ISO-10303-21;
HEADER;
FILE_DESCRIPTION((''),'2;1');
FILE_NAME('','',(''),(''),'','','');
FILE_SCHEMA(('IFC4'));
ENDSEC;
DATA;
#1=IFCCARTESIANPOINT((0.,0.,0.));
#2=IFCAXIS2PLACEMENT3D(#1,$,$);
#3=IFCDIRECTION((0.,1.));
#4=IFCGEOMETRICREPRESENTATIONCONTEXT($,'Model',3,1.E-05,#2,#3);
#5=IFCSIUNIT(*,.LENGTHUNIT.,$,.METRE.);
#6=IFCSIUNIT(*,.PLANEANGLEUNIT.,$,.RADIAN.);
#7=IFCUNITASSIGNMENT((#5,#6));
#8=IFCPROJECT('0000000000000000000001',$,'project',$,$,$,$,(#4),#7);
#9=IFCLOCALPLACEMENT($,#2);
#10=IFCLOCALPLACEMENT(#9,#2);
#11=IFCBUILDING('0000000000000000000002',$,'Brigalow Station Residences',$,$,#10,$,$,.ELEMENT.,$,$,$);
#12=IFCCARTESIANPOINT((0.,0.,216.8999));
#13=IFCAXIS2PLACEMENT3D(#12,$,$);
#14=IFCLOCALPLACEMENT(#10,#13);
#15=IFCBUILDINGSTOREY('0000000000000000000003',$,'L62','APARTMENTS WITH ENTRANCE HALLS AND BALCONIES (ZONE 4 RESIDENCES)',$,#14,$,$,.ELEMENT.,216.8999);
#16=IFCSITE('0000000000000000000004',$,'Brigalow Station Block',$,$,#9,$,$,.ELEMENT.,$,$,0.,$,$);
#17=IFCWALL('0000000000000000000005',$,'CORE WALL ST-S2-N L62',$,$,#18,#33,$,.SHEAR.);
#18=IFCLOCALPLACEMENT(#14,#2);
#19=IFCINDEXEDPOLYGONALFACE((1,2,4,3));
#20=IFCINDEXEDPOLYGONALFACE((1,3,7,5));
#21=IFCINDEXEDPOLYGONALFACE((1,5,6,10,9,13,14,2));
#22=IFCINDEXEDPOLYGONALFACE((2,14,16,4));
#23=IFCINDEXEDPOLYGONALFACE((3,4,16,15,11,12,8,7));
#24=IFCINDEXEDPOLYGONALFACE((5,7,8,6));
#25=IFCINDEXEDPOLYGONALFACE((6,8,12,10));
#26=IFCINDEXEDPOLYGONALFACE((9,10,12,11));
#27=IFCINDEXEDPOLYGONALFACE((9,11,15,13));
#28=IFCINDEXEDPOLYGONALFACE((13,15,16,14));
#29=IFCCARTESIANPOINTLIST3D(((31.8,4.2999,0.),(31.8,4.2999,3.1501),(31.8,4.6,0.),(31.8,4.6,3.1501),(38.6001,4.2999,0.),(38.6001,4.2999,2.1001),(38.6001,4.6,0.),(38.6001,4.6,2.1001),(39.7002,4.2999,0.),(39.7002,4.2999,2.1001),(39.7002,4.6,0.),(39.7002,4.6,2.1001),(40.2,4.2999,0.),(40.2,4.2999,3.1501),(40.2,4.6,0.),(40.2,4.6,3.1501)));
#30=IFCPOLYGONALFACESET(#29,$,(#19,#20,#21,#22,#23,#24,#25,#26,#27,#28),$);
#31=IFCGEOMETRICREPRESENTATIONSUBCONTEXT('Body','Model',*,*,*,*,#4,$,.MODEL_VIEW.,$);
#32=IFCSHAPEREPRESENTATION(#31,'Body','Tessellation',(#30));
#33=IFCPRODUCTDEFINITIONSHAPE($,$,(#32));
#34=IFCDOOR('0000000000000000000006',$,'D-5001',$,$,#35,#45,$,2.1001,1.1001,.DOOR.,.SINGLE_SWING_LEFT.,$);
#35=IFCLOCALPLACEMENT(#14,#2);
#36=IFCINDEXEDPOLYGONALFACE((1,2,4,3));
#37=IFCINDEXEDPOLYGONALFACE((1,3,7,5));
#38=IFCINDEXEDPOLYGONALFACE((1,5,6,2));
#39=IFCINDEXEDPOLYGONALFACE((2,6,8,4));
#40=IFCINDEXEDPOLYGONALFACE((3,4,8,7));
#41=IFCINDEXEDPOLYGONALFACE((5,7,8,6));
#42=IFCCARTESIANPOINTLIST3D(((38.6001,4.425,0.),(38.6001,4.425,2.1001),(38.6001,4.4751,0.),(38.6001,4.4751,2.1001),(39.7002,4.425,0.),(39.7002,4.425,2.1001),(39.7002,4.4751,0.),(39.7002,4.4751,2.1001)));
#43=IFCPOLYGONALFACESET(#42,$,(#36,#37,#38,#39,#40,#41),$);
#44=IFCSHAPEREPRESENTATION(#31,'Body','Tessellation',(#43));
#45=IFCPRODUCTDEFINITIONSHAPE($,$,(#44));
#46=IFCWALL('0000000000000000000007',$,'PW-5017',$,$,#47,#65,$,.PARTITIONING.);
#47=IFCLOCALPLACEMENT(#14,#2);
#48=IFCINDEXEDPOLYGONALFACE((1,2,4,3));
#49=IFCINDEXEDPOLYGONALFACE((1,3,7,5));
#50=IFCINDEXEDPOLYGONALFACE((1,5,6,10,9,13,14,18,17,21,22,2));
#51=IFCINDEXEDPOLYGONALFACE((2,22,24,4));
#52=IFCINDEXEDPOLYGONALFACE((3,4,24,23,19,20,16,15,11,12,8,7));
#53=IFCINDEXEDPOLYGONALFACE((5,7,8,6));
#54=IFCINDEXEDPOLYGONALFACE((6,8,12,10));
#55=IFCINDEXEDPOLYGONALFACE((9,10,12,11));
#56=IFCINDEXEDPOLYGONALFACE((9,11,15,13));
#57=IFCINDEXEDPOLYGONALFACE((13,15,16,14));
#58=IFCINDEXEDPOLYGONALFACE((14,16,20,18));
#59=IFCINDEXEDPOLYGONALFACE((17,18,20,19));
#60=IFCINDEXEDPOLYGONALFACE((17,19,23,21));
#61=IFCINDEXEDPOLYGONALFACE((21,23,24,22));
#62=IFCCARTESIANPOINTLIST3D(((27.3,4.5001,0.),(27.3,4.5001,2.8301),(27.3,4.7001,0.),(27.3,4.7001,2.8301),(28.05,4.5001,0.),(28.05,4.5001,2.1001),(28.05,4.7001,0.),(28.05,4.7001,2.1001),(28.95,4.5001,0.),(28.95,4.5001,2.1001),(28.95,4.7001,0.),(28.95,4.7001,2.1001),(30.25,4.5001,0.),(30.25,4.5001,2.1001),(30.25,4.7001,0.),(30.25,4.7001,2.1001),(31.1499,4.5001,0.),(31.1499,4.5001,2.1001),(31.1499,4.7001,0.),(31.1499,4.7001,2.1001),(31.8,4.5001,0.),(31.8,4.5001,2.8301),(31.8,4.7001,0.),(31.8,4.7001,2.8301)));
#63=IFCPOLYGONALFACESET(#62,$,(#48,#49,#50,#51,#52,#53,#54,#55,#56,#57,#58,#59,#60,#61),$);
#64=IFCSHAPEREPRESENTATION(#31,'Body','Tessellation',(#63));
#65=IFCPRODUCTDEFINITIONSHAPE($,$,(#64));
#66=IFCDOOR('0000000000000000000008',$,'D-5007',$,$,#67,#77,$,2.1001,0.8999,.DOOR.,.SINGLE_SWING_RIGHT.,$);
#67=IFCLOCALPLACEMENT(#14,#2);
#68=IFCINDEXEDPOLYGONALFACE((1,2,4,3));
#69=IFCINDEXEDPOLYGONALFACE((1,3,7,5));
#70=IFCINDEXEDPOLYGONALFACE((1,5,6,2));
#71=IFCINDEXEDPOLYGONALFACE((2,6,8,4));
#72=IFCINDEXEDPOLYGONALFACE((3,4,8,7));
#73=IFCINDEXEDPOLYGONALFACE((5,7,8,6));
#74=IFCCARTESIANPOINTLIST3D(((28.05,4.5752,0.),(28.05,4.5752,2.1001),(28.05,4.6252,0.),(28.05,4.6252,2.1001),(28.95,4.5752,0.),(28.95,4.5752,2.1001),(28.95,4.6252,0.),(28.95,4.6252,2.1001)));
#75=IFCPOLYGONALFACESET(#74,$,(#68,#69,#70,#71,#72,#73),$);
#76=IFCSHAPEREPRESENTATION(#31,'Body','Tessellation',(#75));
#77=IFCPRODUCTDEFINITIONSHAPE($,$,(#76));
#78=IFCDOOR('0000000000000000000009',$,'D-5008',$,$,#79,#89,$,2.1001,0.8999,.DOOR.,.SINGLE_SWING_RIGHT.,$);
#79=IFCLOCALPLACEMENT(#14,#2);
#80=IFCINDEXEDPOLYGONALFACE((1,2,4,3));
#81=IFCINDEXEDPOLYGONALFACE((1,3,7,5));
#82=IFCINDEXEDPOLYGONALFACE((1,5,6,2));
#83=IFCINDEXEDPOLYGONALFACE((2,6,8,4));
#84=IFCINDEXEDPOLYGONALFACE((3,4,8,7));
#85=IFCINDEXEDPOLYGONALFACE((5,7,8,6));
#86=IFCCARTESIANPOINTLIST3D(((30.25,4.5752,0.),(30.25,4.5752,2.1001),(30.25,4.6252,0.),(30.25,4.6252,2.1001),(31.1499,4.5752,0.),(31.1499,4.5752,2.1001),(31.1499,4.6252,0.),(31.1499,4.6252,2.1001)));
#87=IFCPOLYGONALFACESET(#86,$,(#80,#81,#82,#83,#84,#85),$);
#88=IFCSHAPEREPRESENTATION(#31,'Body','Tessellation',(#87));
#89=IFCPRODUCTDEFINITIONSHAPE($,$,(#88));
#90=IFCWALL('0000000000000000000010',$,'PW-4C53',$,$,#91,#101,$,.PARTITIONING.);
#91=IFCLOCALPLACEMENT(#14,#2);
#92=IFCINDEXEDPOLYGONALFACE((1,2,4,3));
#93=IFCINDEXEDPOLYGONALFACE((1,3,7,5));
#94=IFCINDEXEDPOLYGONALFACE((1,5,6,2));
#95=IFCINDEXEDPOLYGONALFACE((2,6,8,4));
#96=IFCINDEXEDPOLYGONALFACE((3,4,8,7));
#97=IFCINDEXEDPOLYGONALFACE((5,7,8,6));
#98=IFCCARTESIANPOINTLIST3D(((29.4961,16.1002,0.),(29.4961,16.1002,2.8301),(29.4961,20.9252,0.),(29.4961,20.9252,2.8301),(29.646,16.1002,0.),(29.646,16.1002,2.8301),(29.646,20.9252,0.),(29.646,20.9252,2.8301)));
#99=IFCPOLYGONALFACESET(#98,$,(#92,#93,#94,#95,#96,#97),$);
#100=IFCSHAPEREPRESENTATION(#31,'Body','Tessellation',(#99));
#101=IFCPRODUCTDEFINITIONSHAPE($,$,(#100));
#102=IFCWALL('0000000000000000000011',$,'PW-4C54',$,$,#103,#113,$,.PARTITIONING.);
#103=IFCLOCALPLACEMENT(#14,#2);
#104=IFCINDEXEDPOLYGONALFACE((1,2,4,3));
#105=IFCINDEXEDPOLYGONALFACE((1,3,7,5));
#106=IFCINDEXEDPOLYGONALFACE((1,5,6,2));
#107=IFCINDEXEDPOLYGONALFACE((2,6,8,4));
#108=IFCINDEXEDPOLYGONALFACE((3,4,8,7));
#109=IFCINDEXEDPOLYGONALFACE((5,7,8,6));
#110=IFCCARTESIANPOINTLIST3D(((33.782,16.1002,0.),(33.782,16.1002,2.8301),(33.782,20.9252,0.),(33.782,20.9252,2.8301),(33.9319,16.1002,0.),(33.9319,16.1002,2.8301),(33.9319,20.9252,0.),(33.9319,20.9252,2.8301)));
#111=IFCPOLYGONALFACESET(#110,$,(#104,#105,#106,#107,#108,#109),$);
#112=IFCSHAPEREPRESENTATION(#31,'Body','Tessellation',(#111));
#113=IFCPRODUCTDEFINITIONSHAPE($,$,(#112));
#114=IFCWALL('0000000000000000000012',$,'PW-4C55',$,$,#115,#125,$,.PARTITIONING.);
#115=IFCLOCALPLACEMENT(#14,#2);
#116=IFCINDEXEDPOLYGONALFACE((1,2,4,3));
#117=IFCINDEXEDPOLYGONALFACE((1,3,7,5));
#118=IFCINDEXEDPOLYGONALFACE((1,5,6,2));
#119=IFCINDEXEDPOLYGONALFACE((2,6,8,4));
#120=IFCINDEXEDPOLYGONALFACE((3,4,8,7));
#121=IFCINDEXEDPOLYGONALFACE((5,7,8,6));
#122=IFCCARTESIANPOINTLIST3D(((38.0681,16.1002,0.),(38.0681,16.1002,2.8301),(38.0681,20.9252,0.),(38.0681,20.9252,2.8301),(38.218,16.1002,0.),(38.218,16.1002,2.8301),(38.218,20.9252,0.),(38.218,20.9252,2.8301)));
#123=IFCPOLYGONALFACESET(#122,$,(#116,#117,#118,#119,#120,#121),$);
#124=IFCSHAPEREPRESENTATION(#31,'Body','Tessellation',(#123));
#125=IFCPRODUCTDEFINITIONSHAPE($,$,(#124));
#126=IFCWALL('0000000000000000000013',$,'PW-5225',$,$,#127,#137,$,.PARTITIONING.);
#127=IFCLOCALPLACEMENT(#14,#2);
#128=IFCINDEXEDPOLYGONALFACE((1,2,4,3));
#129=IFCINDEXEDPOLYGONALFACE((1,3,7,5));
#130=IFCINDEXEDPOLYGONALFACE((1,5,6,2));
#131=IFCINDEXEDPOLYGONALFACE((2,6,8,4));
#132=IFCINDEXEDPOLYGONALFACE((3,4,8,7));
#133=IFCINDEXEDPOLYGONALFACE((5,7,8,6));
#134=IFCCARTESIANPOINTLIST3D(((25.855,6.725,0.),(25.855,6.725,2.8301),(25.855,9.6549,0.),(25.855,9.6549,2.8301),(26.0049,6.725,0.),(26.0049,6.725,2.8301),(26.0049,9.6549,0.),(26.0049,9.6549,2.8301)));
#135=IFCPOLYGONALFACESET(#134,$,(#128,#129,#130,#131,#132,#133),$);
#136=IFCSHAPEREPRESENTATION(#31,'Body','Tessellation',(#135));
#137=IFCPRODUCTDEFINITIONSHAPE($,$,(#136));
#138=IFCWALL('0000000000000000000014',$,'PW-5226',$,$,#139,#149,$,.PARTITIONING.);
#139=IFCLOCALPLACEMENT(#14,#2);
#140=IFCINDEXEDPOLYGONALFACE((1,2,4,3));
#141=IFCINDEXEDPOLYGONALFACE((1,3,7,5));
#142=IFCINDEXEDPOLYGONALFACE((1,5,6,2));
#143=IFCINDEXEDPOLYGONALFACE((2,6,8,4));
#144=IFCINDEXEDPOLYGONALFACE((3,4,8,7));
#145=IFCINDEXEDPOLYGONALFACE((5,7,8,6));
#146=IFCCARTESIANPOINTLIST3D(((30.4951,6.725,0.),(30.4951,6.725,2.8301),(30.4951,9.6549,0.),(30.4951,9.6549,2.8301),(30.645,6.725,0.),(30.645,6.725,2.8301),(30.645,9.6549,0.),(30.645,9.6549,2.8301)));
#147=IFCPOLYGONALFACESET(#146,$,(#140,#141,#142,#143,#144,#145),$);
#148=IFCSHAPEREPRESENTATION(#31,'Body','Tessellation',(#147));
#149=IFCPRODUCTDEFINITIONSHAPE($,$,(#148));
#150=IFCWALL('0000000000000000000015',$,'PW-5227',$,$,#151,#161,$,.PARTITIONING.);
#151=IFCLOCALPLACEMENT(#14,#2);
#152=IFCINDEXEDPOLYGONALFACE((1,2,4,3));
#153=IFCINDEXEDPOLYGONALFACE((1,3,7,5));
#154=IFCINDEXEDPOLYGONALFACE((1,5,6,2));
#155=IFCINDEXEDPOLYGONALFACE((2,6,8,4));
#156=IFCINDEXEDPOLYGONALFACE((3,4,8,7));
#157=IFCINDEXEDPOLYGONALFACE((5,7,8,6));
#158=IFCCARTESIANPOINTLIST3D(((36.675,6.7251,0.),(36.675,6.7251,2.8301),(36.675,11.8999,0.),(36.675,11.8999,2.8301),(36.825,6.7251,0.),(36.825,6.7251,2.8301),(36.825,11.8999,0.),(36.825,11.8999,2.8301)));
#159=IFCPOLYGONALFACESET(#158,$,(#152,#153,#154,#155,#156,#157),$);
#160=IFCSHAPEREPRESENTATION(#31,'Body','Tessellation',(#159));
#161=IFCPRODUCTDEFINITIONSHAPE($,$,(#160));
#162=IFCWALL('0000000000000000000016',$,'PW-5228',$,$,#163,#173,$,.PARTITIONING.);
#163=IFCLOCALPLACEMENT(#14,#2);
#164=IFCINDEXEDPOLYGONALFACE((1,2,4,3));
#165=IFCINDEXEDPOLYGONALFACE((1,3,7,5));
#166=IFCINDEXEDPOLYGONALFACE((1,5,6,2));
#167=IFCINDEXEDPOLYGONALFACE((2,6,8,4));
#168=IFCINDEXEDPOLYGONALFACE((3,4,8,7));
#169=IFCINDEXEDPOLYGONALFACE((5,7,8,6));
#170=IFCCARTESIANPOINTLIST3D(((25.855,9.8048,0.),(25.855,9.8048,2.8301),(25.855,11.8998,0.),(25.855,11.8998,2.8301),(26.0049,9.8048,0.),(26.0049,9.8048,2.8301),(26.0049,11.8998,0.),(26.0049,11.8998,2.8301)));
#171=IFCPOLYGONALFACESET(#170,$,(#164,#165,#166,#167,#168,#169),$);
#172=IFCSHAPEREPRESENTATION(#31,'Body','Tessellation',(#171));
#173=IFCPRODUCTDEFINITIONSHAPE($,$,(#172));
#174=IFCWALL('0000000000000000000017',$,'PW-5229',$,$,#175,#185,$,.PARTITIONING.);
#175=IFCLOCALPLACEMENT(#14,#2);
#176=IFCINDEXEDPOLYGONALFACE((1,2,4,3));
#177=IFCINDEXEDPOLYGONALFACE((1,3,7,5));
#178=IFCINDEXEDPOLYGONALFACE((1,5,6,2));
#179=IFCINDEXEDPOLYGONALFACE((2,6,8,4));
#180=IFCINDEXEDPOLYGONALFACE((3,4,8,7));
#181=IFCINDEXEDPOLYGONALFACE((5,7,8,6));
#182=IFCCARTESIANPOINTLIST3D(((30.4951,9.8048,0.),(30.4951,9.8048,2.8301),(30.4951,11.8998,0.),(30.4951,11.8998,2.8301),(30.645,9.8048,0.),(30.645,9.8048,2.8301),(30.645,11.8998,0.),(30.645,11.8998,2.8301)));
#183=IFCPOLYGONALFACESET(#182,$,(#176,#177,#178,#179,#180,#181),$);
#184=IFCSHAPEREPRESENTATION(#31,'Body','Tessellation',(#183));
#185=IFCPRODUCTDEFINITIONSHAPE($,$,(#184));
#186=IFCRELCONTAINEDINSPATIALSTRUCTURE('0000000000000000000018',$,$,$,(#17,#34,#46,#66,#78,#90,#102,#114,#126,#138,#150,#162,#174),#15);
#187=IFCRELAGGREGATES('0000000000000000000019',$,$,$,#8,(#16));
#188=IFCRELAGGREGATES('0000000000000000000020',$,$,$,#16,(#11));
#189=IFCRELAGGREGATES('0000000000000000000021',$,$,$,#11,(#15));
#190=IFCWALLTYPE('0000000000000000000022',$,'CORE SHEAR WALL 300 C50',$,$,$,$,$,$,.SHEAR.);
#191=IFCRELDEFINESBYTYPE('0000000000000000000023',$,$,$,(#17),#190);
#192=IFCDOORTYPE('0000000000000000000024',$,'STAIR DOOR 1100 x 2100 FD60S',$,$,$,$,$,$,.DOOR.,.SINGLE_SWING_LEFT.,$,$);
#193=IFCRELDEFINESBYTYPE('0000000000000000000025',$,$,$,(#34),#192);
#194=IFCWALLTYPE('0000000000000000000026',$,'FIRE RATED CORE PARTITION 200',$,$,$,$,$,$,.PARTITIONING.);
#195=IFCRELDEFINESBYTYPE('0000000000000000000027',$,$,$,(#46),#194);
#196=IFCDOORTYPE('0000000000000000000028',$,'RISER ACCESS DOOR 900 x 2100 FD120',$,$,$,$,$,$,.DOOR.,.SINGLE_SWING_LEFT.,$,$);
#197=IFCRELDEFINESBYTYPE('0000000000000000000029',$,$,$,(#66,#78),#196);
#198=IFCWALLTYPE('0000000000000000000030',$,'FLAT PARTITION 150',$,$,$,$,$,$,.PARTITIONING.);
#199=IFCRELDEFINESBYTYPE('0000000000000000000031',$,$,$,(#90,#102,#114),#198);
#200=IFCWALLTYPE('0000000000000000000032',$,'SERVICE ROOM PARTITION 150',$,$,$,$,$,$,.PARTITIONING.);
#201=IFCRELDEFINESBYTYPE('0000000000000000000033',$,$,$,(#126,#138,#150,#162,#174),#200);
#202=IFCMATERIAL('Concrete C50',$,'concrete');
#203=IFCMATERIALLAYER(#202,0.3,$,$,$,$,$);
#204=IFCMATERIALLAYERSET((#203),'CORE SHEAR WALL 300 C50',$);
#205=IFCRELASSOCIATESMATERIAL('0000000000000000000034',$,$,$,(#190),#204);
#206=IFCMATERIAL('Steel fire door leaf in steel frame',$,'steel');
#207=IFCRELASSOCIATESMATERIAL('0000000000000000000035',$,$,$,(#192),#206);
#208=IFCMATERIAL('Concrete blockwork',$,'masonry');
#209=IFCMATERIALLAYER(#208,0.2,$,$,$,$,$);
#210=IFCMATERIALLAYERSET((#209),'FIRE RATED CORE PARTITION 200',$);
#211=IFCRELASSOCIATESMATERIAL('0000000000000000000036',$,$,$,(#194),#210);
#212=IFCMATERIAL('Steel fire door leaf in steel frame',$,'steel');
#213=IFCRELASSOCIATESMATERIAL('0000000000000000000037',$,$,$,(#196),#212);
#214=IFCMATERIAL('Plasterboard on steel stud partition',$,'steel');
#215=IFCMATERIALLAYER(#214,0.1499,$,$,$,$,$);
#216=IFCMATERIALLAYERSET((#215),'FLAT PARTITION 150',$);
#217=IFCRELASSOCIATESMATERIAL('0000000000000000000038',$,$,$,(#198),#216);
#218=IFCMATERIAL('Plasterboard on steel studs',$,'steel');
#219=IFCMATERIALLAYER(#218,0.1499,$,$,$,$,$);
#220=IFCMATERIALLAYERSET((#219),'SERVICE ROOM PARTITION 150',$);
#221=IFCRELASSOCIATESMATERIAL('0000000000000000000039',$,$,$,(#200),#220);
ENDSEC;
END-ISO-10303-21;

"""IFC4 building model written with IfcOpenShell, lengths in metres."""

from ifc_helpers import new_model, si_unit, direction, frame, frame_2d, origin, place, context, subcontext, project, spatial, rectangle, extrude, material, layer, layer_set, type_object, element, fill, save


model = new_model("IFC4")

# Units and contexts
model_context = context("Model", 3, precision=1e-05, world=origin(), true_north=direction((0.0, 1.0)))
body_context = subcontext(model_context, "Body", "Model", "MODEL_VIEW")
ifc_project = project(units=[si_unit("LENGTHUNIT", "METRE"), si_unit("PLANEANGLEUNIT", "RADIAN")], contexts=[model_context])

# Site, building, storey
site_placement = place(None, origin())
site = spatial("IfcSite", under=ifc_project, at=site_placement, Name="Brigalow Station Block", CompositionType="ELEMENT", RefElevation=0.0)
building_placement = place(site_placement, origin())
building = spatial("IfcBuilding", under=site, at=building_placement, Name="Brigalow Station Residences", CompositionType="ELEMENT")
storey_placement = place(building_placement, frame((0.0, 0.0, 216.8999)))
storey = spatial("IfcBuildingStorey", under=building, at=storey_placement, Name="L62", Description="APARTMENTS WITH ENTRANCE HALLS AND BALCONIES (ZONE 4 RESIDENCES)", CompositionType="ELEMENT", Elevation=216.8999)

# Wall, opening, door
ifc_material_1 = material(Name="Concrete C50", Category="concrete")
ifc_layer_1 = layer(ifc_material_1, 0.3)
ifc_layer_set_1 = layer_set([ifc_layer_1], Name="CORE SHEAR WALL 300 C50")
wall_type_1 = type_object("IfcWallType", Name="CORE SHEAR WALL 300 C50", PredefinedType="SHEAR", material=ifc_layer_set_1)
wall_1_placement = place(storey_placement, frame((31.8, 4.45, 0.0), z_axis=(0.0, 0.0, 1.0), x_axis=(1.0, 0.0, 0.0)))
wall_1 = element("IfcWall", 1, at=wall_1_placement, inside=storey, type_object=wall_type_1, Name="CORE WALL ST-S2-N L62", PredefinedType="SHEAR", context=body_context, shape_type="SweptSolid", body=[
    extrude(rectangle(XDim=8.3999, YDim=0.3, at=frame_2d((4.2, 0.0))), origin(), (0.0, 0.0, 1.0), 3.1501),
])
opening_1_placement = place(wall_1_placement, frame((6.8, 0.0, 0.0)))
opening_1 = element("IfcOpeningElement", 2, at=opening_1_placement, cuts=wall_1, PredefinedType="OPENING", context=body_context, shape_type="SweptSolid", body=[
    extrude(rectangle(XDim=1.1001, YDim=2.1001, at=frame_2d((0.55, 1.05))), frame((0.0, 0.1602, 0.0), z_axis=(0.0, -1.0, 0.0), x_axis=(1.0, 0.0, 0.0)), (0.0, 0.0, 1.0), 0.3201),
])
ifc_material_2 = material(Name="Steel fire door leaf in steel frame", Category="steel")
door_type_1 = type_object("IfcDoorType", Name="STAIR DOOR 1100 x 2100 FD60S", OperationType="SINGLE_SWING_LEFT", PredefinedType="DOOR", material=ifc_material_2)
door_1_placement = place(opening_1_placement, frame((1.1001, 0.0, 0.0), z_axis=(0.0, 0.0, 1.0), x_axis=(-1.0, 0.0, 0.0)))
door_1 = element("IfcDoor", 3, at=door_1_placement, inside=storey, type_object=door_type_1, Name="D-5001", OperationType="SINGLE_SWING_LEFT", OverallHeight=2.1001, OverallWidth=1.1001, PredefinedType="DOOR", context=body_context, shape_type="SweptSolid", body=[
    extrude(rectangle(XDim=1.1001, YDim=2.1001, at=frame_2d((0.55, 1.05))), frame((0.0, 0.0249, 0.0), z_axis=(0.0, -1.0, 0.0), x_axis=(1.0, 0.0, 0.0)), (0.0, 0.0, 1.0), 0.05),
])
fill(opening_1, door_1)

# Wall, openings, doors
ifc_material_3 = material(Name="Concrete blockwork", Category="masonry")
ifc_layer_2 = layer(ifc_material_3, 0.2)
ifc_layer_set_2 = layer_set([ifc_layer_2], Name="FIRE RATED CORE PARTITION 200")
wall_type_2 = type_object("IfcWallType", Name="FIRE RATED CORE PARTITION 200", PredefinedType="PARTITIONING", material=ifc_layer_set_2)
wall_2_placement = place(storey_placement, frame((27.3, 4.6001, 0.0), z_axis=(0.0, 0.0, 1.0), x_axis=(1.0, 0.0, 0.0)))
wall_2 = element("IfcWall", 4, at=wall_2_placement, inside=storey, type_object=wall_type_2, Name="PW-5017", PredefinedType="PARTITIONING", context=body_context, shape_type="SweptSolid", body=[
    extrude(rectangle(XDim=4.5, YDim=0.2, at=frame_2d((2.25, 0.0))), origin(), (0.0, 0.0, 1.0), 2.8301),
])
opening_2_placement = place(wall_2_placement, frame((0.75, 0.0, 0.0)))
opening_2 = element("IfcOpeningElement", 5, at=opening_2_placement, cuts=wall_2, PredefinedType="OPENING", context=body_context, shape_type="SweptSolid", body=[
    extrude(rectangle(XDim=0.8999, YDim=2.1001, at=frame_2d((0.45, 1.05))), frame((0.0, 0.1099, 0.0), z_axis=(0.0, -1.0, 0.0), x_axis=(1.0, 0.0, 0.0)), (0.0, 0.0, 1.0), 0.22),
])
opening_3_placement = place(wall_2_placement, frame((2.95, 0.0, 0.0)))
opening_3 = element("IfcOpeningElement", 6, at=opening_3_placement, cuts=wall_2, PredefinedType="OPENING", context=body_context, shape_type="SweptSolid", body=[
    extrude(rectangle(XDim=0.8999, YDim=2.1001, at=frame_2d((0.45, 1.05))), frame((0.0, 0.1099, 0.0), z_axis=(0.0, -1.0, 0.0), x_axis=(1.0, 0.0, 0.0)), (0.0, 0.0, 1.0), 0.22),
])
ifc_material_4 = material(Name="Steel fire door leaf in steel frame", Category="steel")
door_type_2 = type_object("IfcDoorType", Name="RISER ACCESS DOOR 900 x 2100 FD120", OperationType="SINGLE_SWING_LEFT", PredefinedType="DOOR", material=ifc_material_4)
door_2_placement = place(opening_2_placement, frame((0.8999, 0.0, 0.0), z_axis=(0.0, 0.0, 1.0), x_axis=(-1.0, 0.0, 0.0)))
door_2 = element("IfcDoor", 7, at=door_2_placement, inside=storey, type_object=door_type_2, Name="D-5007", OperationType="SINGLE_SWING_RIGHT", OverallHeight=2.1001, OverallWidth=0.8999, PredefinedType="DOOR", context=body_context, shape_type="SweptSolid", body=[
    extrude(rectangle(XDim=0.8999, YDim=2.1001, at=frame_2d((0.45, 1.05))), frame((0.0, 0.0249, 0.0), z_axis=(0.0, -1.0, 0.0), x_axis=(1.0, 0.0, 0.0)), (0.0, 0.0, 1.0), 0.05),
])
fill(opening_2, door_2)
door_3_placement = place(opening_3_placement, frame((0.8999, 0.0, 0.0), z_axis=(0.0, 0.0, 1.0), x_axis=(-1.0, 0.0, 0.0)))
door_3 = element("IfcDoor", 8, at=door_3_placement, inside=storey, type_object=door_type_2, Name="D-5008", OperationType="SINGLE_SWING_RIGHT", OverallHeight=2.1001, OverallWidth=0.8999, PredefinedType="DOOR", context=body_context, shape_type="SweptSolid", body=[
    extrude(rectangle(XDim=0.8999, YDim=2.1001, at=frame_2d((0.45, 1.05))), frame((0.0, 0.0249, 0.0), z_axis=(0.0, -1.0, 0.0), x_axis=(1.0, 0.0, 0.0)), (0.0, 0.0, 1.0), 0.05),
])
fill(opening_3, door_3)

# Walls
ifc_material_5 = material(Name="Plasterboard on steel stud partition", Category="steel")
ifc_layer_3 = layer(ifc_material_5, 0.1499)
ifc_layer_set_3 = layer_set([ifc_layer_3], Name="FLAT PARTITION 150")
wall_type_3 = type_object("IfcWallType", Name="FLAT PARTITION 150", PredefinedType="PARTITIONING", material=ifc_layer_set_3)
for number, where, z_axis, x_axis, name in (
    (9, (29.571, 16.1001, 0.0), (0.0, 0.0, 1.0), (0.0, 1.0, 0.0), "PW-4C53"),
    (10, (33.8569, 16.1001, 0.0), (0.0, 0.0, 1.0), (0.0, 1.0, 0.0), "PW-4C54"),
    (11, (38.1431, 16.1001, 0.0), (0.0, 0.0, 1.0), (0.0, 1.0, 0.0), "PW-4C55"),
):
    element("IfcWall", number, at=place(storey_placement, frame(where, z_axis=z_axis, x_axis=x_axis)), inside=storey, type_object=wall_type_3, Name=name, PredefinedType="PARTITIONING", context=body_context, shape_type="SweptSolid", body=[
        extrude(rectangle(XDim=4.825, YDim=0.1499, at=frame_2d((2.4126, 0.0))), origin(), (0.0, 0.0, 1.0), 2.8301),
    ])
ifc_material_6 = material(Name="Plasterboard on steel studs", Category="steel")
ifc_layer_4 = layer(ifc_material_6, 0.1499)
ifc_layer_set_4 = layer_set([ifc_layer_4], Name="SERVICE ROOM PARTITION 150")
wall_type_4 = type_object("IfcWallType", Name="SERVICE ROOM PARTITION 150", PredefinedType="PARTITIONING", material=ifc_layer_set_4)
for number, where, z_axis, x_axis, name in (
    (12, (25.9299, 6.7251, 0.0), (0.0, 0.0, 1.0), (0.0, 1.0, 0.0), "PW-5225"),
    (13, (30.5701, 6.7251, 0.0), (0.0, 0.0, 1.0), (0.0, 1.0, 0.0), "PW-5226"),
):
    element("IfcWall", number, at=place(storey_placement, frame(where, z_axis=z_axis, x_axis=x_axis)), inside=storey, type_object=wall_type_4, Name=name, PredefinedType="PARTITIONING", context=body_context, shape_type="SweptSolid", body=[
        extrude(rectangle(XDim=2.9299, YDim=0.1499, at=frame_2d((1.4648, 0.0))), origin(), (0.0, 0.0, 1.0), 2.8301),
    ])
wall_3_placement = place(storey_placement, frame((36.75, 6.7251, 0.0), z_axis=(0.0, 0.0, 1.0), x_axis=(0.0, 1.0, 0.0)))
element("IfcWall", 14, at=wall_3_placement, inside=storey, type_object=wall_type_4, Name="PW-5227", PredefinedType="PARTITIONING", context=body_context, shape_type="SweptSolid", body=[
    extrude(rectangle(XDim=5.1748, YDim=0.1499, at=frame_2d((2.5874, 0.0))), origin(), (0.0, 0.0, 1.0), 2.8301),
])
for number, where, z_axis, x_axis, name in (
    (15, (25.9299, 9.8049, 0.0), (0.0, 0.0, 1.0), (0.0, 1.0, 0.0), "PW-5228"),
    (16, (30.5701, 9.8049, 0.0), (0.0, 0.0, 1.0), (0.0, 1.0, 0.0), "PW-5229"),
):
    element("IfcWall", number, at=place(storey_placement, frame(where, z_axis=z_axis, x_axis=x_axis)), inside=storey, type_object=wall_type_4, Name=name, PredefinedType="PARTITIONING", context=body_context, shape_type="SweptSolid", body=[
        extrude(rectangle(XDim=2.095, YDim=0.1499, at=frame_2d((1.0474, 0.0))), origin(), (0.0, 0.0, 1.0), 2.8301),
    ])

save(model, "model.ifc")
